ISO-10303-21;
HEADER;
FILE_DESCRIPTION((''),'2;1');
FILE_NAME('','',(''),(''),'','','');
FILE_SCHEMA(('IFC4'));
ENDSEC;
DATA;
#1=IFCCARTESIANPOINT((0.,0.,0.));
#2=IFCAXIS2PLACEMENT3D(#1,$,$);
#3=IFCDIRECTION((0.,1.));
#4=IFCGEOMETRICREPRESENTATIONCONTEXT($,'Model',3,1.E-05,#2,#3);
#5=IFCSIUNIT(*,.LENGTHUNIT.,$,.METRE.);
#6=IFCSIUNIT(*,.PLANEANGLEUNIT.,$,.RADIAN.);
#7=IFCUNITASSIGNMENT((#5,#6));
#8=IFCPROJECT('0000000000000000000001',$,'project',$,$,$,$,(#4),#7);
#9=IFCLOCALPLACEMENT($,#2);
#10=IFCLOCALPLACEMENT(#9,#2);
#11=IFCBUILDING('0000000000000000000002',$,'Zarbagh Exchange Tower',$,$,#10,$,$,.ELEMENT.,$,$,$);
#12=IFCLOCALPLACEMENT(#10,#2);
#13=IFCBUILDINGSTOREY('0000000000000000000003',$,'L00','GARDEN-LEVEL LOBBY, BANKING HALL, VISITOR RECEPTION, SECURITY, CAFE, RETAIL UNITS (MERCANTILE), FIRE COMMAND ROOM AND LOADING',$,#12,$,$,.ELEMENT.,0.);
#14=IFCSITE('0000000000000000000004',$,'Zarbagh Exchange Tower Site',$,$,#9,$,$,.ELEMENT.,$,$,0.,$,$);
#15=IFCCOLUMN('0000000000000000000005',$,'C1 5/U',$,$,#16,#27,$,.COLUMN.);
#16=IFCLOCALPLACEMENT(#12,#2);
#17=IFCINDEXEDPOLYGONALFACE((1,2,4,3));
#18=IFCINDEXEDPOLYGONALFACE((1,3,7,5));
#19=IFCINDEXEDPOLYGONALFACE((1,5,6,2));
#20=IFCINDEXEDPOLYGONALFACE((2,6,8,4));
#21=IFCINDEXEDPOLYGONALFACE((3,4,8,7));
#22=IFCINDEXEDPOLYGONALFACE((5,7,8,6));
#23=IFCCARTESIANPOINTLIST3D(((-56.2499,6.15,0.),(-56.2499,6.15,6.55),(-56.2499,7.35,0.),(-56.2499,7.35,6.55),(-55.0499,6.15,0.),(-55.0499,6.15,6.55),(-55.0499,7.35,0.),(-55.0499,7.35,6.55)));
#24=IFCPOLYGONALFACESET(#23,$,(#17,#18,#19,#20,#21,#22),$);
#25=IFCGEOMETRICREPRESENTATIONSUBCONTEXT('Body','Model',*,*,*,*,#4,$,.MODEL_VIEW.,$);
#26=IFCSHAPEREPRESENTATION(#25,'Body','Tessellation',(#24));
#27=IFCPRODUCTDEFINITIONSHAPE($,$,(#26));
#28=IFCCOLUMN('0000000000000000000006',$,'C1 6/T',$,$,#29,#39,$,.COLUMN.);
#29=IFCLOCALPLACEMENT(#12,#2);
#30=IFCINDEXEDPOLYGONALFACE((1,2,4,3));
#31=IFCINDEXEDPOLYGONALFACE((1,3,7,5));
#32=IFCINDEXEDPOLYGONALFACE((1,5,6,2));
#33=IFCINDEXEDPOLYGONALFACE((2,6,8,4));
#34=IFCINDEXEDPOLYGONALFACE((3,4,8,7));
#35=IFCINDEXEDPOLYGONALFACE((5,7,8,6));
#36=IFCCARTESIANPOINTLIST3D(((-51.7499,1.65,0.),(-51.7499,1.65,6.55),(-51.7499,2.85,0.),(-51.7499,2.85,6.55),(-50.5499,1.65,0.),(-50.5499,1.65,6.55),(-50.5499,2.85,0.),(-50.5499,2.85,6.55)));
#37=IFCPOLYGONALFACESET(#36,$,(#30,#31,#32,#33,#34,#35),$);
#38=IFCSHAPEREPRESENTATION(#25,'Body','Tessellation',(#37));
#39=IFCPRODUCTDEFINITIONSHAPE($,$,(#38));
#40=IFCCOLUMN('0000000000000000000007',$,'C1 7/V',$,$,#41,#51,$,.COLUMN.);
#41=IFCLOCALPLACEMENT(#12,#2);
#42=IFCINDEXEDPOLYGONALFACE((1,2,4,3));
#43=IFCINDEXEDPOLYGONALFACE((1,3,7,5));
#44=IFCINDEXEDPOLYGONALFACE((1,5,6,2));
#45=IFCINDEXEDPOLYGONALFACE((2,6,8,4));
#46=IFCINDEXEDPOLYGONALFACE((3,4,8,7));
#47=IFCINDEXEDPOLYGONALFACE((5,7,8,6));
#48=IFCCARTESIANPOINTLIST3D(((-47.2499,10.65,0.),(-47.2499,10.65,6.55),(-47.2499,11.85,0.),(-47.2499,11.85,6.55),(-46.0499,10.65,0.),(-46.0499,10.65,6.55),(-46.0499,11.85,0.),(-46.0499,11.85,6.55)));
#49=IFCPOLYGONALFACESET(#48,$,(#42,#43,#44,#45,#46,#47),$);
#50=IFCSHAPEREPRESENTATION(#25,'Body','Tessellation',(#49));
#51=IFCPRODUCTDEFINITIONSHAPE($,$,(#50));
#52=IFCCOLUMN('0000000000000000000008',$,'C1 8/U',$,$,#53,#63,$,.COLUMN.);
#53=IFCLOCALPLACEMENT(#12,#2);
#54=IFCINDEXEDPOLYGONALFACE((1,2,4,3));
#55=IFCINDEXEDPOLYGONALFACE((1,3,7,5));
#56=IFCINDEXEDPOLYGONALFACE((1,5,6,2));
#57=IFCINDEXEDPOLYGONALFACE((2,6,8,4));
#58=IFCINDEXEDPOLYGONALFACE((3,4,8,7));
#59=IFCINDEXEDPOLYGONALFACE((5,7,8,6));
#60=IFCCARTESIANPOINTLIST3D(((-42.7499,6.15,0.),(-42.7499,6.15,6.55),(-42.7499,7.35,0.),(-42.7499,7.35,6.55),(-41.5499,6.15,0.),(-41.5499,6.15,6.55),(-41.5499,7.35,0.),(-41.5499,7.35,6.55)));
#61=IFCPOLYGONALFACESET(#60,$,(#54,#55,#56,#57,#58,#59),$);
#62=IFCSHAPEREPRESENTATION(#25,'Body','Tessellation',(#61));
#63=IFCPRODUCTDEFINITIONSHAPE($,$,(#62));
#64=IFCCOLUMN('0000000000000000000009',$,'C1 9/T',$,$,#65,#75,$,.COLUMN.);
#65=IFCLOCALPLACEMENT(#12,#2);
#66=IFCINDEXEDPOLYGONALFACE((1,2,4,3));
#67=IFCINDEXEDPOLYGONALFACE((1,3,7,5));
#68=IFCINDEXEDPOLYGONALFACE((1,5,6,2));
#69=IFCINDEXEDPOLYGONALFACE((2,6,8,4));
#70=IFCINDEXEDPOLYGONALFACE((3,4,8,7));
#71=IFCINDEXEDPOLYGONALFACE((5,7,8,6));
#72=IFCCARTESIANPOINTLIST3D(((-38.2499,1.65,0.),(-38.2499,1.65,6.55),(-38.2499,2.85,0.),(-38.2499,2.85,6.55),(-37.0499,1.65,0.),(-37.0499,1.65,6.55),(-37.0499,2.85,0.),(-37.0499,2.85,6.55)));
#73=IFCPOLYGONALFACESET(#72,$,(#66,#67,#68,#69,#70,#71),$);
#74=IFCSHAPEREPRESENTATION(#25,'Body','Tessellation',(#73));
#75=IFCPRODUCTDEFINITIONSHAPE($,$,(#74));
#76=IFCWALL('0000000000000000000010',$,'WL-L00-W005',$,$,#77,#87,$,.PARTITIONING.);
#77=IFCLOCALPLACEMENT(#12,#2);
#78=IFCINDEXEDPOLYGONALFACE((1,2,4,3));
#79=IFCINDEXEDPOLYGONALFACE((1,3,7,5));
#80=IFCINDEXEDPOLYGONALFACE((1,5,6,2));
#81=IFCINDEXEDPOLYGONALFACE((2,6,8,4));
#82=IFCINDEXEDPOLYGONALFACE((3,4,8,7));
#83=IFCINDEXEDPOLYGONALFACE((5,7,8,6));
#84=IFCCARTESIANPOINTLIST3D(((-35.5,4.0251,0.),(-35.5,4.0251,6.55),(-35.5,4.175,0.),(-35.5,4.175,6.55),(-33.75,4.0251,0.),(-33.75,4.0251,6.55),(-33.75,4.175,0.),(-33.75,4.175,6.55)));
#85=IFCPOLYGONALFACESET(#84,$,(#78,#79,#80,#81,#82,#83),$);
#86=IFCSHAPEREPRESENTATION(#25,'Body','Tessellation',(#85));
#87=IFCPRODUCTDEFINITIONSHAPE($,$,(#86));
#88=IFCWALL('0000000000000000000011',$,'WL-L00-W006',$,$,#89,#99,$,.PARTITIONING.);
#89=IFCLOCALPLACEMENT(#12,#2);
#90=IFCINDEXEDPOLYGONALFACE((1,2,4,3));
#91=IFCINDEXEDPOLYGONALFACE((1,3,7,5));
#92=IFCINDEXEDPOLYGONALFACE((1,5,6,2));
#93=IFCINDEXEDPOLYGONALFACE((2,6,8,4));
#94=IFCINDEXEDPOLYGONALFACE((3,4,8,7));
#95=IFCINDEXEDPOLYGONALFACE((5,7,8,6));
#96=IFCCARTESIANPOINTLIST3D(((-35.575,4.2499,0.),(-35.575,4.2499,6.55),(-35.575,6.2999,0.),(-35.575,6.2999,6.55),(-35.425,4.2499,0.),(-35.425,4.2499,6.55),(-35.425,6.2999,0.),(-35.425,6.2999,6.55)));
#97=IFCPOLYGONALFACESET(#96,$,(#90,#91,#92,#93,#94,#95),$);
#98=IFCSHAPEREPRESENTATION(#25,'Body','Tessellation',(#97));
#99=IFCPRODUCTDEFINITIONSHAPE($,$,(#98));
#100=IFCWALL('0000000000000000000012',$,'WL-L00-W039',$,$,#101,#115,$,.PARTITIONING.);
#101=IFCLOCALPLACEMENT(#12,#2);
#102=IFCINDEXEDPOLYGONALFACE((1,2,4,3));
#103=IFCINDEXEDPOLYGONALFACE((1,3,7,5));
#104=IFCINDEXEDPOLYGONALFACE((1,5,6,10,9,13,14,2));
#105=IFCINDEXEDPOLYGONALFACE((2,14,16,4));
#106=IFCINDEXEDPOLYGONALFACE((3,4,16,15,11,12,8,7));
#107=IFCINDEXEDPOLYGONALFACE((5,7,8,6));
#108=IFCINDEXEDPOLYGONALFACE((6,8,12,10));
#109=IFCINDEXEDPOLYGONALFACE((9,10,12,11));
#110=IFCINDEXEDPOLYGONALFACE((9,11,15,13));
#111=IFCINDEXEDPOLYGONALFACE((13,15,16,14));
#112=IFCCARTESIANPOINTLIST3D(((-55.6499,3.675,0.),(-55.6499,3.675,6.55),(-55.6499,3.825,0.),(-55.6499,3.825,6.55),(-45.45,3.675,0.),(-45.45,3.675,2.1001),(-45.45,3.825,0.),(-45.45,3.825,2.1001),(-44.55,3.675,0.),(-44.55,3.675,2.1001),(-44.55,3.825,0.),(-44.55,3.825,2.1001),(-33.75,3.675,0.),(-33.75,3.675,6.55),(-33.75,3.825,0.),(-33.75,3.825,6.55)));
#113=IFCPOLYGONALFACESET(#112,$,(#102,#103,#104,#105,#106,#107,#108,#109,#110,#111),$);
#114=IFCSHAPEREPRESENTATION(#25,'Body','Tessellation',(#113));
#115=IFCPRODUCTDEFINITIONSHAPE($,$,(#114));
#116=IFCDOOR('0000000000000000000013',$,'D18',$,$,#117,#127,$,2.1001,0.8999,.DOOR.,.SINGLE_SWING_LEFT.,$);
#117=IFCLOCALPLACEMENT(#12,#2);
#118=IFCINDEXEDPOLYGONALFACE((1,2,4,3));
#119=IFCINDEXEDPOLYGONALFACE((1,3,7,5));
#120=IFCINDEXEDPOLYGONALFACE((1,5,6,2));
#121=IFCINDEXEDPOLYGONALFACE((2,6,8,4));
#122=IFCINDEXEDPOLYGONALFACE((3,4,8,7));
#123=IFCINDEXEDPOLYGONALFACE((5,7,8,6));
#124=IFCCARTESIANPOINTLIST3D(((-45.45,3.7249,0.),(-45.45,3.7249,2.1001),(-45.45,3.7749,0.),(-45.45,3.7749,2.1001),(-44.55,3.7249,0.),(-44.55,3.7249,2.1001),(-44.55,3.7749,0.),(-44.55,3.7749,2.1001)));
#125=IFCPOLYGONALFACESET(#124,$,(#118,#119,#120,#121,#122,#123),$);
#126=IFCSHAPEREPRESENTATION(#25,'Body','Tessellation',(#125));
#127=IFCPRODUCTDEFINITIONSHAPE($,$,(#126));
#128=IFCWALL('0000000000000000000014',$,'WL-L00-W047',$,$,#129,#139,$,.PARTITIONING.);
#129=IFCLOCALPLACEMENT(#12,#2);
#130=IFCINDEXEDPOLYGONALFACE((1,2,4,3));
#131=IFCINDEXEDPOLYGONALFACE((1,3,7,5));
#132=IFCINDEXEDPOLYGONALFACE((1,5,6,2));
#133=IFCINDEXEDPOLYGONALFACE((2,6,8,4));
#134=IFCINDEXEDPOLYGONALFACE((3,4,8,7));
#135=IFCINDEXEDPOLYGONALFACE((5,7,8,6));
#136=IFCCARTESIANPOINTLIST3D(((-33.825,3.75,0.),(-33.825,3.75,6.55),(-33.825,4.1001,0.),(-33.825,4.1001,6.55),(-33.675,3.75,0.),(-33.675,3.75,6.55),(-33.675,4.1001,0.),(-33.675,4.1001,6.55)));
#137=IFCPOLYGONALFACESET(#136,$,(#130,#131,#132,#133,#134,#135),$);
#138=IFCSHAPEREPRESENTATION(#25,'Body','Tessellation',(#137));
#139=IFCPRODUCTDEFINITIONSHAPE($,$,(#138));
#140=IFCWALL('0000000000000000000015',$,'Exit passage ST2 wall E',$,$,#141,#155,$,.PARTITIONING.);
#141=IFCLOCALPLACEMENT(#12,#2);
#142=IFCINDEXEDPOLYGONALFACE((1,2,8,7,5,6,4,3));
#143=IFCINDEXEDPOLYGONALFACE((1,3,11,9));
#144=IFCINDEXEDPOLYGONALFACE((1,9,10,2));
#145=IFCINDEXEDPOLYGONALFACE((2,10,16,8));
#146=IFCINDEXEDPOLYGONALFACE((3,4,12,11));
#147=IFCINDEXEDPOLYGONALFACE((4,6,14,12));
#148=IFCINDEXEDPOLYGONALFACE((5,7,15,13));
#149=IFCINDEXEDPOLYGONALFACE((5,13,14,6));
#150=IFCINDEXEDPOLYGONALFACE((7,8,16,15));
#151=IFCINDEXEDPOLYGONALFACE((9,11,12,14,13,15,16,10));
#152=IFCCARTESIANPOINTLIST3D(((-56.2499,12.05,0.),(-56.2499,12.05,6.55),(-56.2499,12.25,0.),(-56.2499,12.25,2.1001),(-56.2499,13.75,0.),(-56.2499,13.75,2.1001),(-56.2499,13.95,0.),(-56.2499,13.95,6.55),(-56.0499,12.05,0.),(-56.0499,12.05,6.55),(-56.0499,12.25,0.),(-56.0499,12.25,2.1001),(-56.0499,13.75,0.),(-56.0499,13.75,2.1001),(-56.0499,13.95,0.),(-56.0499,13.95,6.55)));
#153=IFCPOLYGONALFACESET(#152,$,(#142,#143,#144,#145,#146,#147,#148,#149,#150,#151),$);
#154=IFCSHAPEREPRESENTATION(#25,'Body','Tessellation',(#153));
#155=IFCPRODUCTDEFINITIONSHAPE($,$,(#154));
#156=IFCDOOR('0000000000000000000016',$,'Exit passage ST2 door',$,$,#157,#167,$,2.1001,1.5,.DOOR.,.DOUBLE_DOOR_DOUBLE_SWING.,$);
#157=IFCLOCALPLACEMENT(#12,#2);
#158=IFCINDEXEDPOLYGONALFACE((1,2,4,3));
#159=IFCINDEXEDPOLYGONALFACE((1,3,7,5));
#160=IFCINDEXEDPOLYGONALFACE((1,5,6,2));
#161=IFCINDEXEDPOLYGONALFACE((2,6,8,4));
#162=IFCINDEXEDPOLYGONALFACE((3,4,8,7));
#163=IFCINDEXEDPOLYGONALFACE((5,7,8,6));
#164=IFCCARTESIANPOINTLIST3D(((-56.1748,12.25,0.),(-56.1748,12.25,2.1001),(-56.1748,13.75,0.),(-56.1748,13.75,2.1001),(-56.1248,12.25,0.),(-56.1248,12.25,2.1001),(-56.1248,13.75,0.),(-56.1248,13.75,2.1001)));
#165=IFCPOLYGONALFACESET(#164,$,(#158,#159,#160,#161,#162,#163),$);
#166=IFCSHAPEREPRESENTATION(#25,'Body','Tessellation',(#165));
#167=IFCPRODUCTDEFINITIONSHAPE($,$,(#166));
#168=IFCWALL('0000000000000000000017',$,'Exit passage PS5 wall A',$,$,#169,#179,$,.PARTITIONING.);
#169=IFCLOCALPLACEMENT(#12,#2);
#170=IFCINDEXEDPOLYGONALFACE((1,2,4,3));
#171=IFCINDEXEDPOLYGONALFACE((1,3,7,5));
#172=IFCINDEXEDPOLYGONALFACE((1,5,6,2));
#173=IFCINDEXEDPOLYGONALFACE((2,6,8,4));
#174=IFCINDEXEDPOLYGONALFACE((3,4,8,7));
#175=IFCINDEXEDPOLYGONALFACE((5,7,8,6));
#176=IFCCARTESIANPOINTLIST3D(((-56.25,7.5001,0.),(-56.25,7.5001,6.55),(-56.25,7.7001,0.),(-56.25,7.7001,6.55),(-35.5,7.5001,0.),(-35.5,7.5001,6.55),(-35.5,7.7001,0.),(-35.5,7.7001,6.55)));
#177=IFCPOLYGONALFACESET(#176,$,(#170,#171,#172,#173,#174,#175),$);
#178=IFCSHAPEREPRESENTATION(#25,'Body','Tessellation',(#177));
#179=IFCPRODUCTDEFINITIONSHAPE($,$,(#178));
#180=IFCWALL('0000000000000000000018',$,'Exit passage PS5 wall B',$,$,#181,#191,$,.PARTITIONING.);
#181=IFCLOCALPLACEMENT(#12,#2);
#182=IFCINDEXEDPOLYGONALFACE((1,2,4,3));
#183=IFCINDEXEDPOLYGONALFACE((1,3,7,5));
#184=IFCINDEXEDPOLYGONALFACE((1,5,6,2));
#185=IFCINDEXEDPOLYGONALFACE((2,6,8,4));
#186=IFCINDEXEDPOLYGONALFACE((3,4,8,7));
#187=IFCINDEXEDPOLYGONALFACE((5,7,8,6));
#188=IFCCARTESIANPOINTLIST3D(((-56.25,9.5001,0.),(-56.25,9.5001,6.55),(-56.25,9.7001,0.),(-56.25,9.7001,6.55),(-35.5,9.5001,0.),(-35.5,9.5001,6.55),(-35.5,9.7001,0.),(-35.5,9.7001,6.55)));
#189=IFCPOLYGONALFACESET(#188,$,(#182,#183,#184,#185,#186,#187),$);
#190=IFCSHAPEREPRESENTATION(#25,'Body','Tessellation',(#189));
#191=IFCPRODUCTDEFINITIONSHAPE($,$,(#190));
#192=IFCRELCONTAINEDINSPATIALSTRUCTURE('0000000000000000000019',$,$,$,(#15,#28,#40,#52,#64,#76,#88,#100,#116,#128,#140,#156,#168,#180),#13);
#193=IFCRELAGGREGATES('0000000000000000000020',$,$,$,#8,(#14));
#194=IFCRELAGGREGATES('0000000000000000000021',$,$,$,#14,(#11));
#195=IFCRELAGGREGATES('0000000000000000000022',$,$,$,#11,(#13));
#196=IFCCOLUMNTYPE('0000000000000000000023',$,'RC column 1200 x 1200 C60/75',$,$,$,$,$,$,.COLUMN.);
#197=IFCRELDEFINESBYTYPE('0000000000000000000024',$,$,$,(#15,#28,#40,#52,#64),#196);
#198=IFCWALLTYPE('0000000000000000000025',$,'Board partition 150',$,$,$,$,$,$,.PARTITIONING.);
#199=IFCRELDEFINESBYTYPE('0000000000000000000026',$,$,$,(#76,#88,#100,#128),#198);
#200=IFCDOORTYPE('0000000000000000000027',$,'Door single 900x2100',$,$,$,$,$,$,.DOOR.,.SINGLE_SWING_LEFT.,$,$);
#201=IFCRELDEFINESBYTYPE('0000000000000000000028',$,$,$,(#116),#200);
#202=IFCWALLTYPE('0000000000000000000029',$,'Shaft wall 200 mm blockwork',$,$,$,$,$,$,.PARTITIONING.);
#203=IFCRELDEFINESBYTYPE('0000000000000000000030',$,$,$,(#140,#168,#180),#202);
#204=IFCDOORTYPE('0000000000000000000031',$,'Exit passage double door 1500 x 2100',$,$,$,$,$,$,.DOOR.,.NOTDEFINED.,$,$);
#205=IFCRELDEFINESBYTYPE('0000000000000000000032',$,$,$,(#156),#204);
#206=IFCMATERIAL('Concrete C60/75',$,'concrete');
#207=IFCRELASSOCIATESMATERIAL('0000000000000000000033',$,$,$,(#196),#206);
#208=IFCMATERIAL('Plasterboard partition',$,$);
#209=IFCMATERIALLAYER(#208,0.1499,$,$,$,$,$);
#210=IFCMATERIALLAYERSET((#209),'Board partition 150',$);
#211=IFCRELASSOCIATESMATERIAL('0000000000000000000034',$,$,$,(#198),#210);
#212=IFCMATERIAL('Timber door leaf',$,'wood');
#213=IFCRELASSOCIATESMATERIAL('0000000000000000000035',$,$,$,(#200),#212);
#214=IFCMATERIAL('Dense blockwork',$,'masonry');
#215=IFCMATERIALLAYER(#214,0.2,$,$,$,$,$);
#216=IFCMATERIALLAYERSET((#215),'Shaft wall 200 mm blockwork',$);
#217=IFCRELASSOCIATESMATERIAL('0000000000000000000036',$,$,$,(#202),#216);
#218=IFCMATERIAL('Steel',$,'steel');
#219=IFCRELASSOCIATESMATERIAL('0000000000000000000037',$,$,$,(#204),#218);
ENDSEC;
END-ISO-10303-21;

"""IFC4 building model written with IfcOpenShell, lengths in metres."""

from ifc_helpers import new_model, si_unit, direction, frame, frame_2d, origin, origin_2d, place, context, subcontext, project, spatial, rectangle, extrude, material, layer, layer_set, material_profile, profile_set, type_object, element, fill, save


model = new_model("IFC4")

# Units and contexts
model_context = context("Model", 3, precision=1e-05, world=origin(), true_north=direction((0.0, 1.0)))
body_context = subcontext(model_context, "Body", "Model", "MODEL_VIEW")
ifc_project = project(units=[si_unit("LENGTHUNIT", "METRE"), si_unit("PLANEANGLEUNIT", "RADIAN")], contexts=[model_context])

# Site, building, storey
site_placement = place(None, origin())
site = spatial("IfcSite", under=ifc_project, at=site_placement, Name="Zarbagh Exchange Tower Site", CompositionType="ELEMENT", RefElevation=0.0)
building_placement = place(site_placement, origin())
building = spatial("IfcBuilding", under=site, at=building_placement, Name="Zarbagh Exchange Tower", CompositionType="ELEMENT")
storey_placement = place(building_placement, origin())
storey = spatial("IfcBuildingStorey", under=building, at=storey_placement, Name="L00", Description="GARDEN-LEVEL LOBBY, BANKING HALL, VISITOR RECEPTION, SECURITY, CAFE, RETAIL UNITS (MERCANTILE), FIRE COMMAND ROOM AND LOADING", CompositionType="ELEMENT", Elevation=0.0)

# Columns
ifc_material_1 = material(Name="Concrete C60/75", Category="concrete")
ifc_material_profile = material_profile(ifc_material_1, rectangle(XDim=1.2, YDim=1.2, at=origin_2d()), Name="RC column 1200 x 1200 C60/75")
ifc_profile_set = profile_set([ifc_material_profile], Name="Concrete C60/75")
column_type = type_object("IfcColumnType", Name="RC column 1200 x 1200 C60/75", PredefinedType="COLUMN", material=ifc_profile_set)
for number, where, z_axis, x_axis, name in (
    (1, (-55.6499, 6.75, 0.0), (0.0, 0.0, 1.0), (1.0, 0.0, 0.0), "C1 5/U"),
    (2, (-51.1499, 2.25, 0.0), (0.0, 0.0, 1.0), (1.0, 0.0, 0.0), "C1 6/T"),
    (3, (-46.6499, 11.25, 0.0), (0.0, 0.0, 1.0), (1.0, 0.0, 0.0), "C1 7/V"),
    (4, (-42.1499, 6.75, 0.0), (0.0, 0.0, 1.0), (1.0, 0.0, 0.0), "C1 8/U"),
    (5, (-37.6499, 2.25, 0.0), (0.0, 0.0, 1.0), (1.0, 0.0, 0.0), "C1 9/T"),
):
    element("IfcColumn", number, at=place(storey_placement, frame(where, z_axis=z_axis, x_axis=x_axis)), inside=storey, type_object=column_type, Name=name, PredefinedType="COLUMN", context=body_context, shape_type="SweptSolid", body=[
        extrude(rectangle(XDim=1.2, YDim=1.2, at=origin_2d()), origin(), (0.0, 0.0, 1.0), 6.55),
    ])

# Walls
ifc_material_2 = material(Name="Plasterboard partition")
ifc_layer_1 = layer(ifc_material_2, 0.1499)
ifc_layer_set_1 = layer_set([ifc_layer_1], Name="Board partition 150")
wall_type_1 = type_object("IfcWallType", Name="Board partition 150", PredefinedType="PARTITIONING", material=ifc_layer_set_1)
wall_1_placement = place(storey_placement, frame((-33.75, 4.1001, 0.0), z_axis=(0.0, 0.0, 1.0), x_axis=(-1.0, 0.0, 0.0)))
element("IfcWall", 6, at=wall_1_placement, inside=storey, type_object=wall_type_1, Name="WL-L00-W005", PredefinedType="PARTITIONING", context=body_context, shape_type="SweptSolid", body=[
    extrude(rectangle(XDim=1.75, YDim=0.1499, at=frame_2d((0.875, 0.0))), origin(), (0.0, 0.0, 1.0), 6.55),
])
wall_2_placement = place(storey_placement, frame((-35.5, 4.25, 0.0), z_axis=(0.0, 0.0, 1.0), x_axis=(0.0, 1.0, 0.0)))
element("IfcWall", 7, at=wall_2_placement, inside=storey, type_object=wall_type_1, Name="WL-L00-W006", PredefinedType="PARTITIONING", context=body_context, shape_type="SweptSolid", body=[
    extrude(rectangle(XDim=2.05, YDim=0.1499, at=frame_2d((1.0249, 0.0))), origin(), (0.0, 0.0, 1.0), 6.55),
])

# Wall, opening, door
wall_3_placement = place(storey_placement, frame((-55.6499, 3.75, 0.0), z_axis=(0.0, 0.0, 1.0), x_axis=(1.0, 0.0, 0.0)))
wall_3 = element("IfcWall", 8, at=wall_3_placement, inside=storey, type_object=wall_type_1, Name="WL-L00-W039", PredefinedType="PARTITIONING", context=body_context, shape_type="SweptSolid", body=[
    extrude(rectangle(XDim=21.8999, YDim=0.1499, at=frame_2d((10.95, 0.0))), origin(), (0.0, 0.0, 1.0), 6.55),
])
opening_1_placement = place(wall_3_placement, frame((10.2, 0.0, 0.0)))
opening_1 = element("IfcOpeningElement", 9, at=opening_1_placement, cuts=wall_3, PredefinedType="OPENING", context=body_context, shape_type="SweptSolid", body=[
    extrude(rectangle(XDim=0.8999, YDim=2.1001, at=frame_2d((0.45, 1.05))), frame((0.0, 0.085, 0.0), z_axis=(0.0, -1.0, 0.0), x_axis=(1.0, 0.0, 0.0)), (0.0, 0.0, 1.0), 0.1699),
])
ifc_material_3 = material(Name="Timber door leaf", Category="wood")
door_type_1 = type_object("IfcDoorType", Name="Door single 900x2100", OperationType="SINGLE_SWING_LEFT", PredefinedType="DOOR", material=ifc_material_3)
door_1_placement = place(opening_1_placement, origin())
door_1 = element("IfcDoor", 10, at=door_1_placement, inside=storey, type_object=door_type_1, Name="D18", OperationType="SINGLE_SWING_LEFT", OverallHeight=2.1001, OverallWidth=0.8999, PredefinedType="DOOR", context=body_context, shape_type="SweptSolid", body=[
    extrude(rectangle(XDim=0.8999, YDim=2.1001, at=frame_2d((0.45, 1.05))), frame((0.0, 0.0249, 0.0), z_axis=(0.0, -1.0, 0.0), x_axis=(1.0, 0.0, 0.0)), (0.0, 0.0, 1.0), 0.05),
])
fill(opening_1, door_1)

# Wall
wall_4_placement = place(storey_placement, frame((-33.75, 4.1001, 0.0), z_axis=(0.0, 0.0, 1.0), x_axis=(0.0, -1.0, 0.0)))
element("IfcWall", 11, at=wall_4_placement, inside=storey, type_object=wall_type_1, Name="WL-L00-W047", PredefinedType="PARTITIONING", context=body_context, shape_type="SweptSolid", body=[
    extrude(rectangle(XDim=0.3501, YDim=0.1499, at=frame_2d((0.175, 0.0))), origin(), (0.0, 0.0, 1.0), 6.55),
])

# Wall, opening, door
ifc_material_4 = material(Name="Dense blockwork", Category="masonry")
ifc_layer_2 = layer(ifc_material_4, 0.2)
ifc_layer_set_2 = layer_set([ifc_layer_2], Name="Shaft wall 200 mm blockwork")
wall_type_2 = type_object("IfcWallType", Name="Shaft wall 200 mm blockwork", PredefinedType="PARTITIONING", material=ifc_layer_set_2)
wall_5_placement = place(storey_placement, frame((-56.1499, 12.05, 0.0), z_axis=(0.0, 0.0, 1.0), x_axis=(0.0, 1.0, 0.0)))
wall_5 = element("IfcWall", 12, at=wall_5_placement, inside=storey, type_object=wall_type_2, Name="Exit passage ST2 wall E", PredefinedType="PARTITIONING", context=body_context, shape_type="SweptSolid", body=[
    extrude(rectangle(XDim=1.8999, YDim=0.2, at=frame_2d((0.95, 0.0))), origin(), (0.0, 0.0, 1.0), 6.55),
])
opening_2_placement = place(wall_5_placement, frame((0.2, 0.0, 0.0)))
opening_2 = element("IfcOpeningElement", 13, at=opening_2_placement, cuts=wall_5, PredefinedType="OPENING", context=body_context, shape_type="SweptSolid", body=[
    extrude(rectangle(XDim=1.5, YDim=2.1001, at=frame_2d((0.75, 1.05))), frame((0.0, 0.1099, 0.0), z_axis=(0.0, -1.0, 0.0), x_axis=(1.0, 0.0, 0.0)), (0.0, 0.0, 1.0), 0.22),
])
ifc_material_5 = material(Name="Steel", Category="steel")
door_type_2 = type_object("IfcDoorType", Name="Exit passage double door 1500 x 2100", OperationType="NOTDEFINED", PredefinedType="DOOR", material=ifc_material_5)
door_2_placement = place(opening_2_placement, origin())
door_2 = element("IfcDoor", 14, at=door_2_placement, inside=storey, type_object=door_type_2, Name="Exit passage ST2 door", OperationType="DOUBLE_DOOR_DOUBLE_SWING", OverallHeight=2.1001, OverallWidth=1.5, PredefinedType="DOOR", context=body_context, shape_type="SweptSolid", body=[
    extrude(rectangle(XDim=1.5, YDim=2.1001, at=frame_2d((0.75, 1.05))), frame((0.0, 0.0249, 0.0), z_axis=(0.0, -1.0, 0.0), x_axis=(1.0, 0.0, 0.0)), (0.0, 0.0, 1.0), 0.05),
])
fill(opening_2, door_2)

# Walls
for number, where, z_axis, x_axis, name in (
    (15, (-56.25, 7.6001, 0.0), (0.0, 0.0, 1.0), (1.0, 0.0, 0.0), "Exit passage PS5 wall A"),
    (16, (-56.25, 9.6001, 0.0), (0.0, 0.0, 1.0), (1.0, 0.0, 0.0), "Exit passage PS5 wall B"),
):
    element("IfcWall", number, at=place(storey_placement, frame(where, z_axis=z_axis, x_axis=x_axis)), inside=storey, type_object=wall_type_2, Name=name, PredefinedType="PARTITIONING", context=body_context, shape_type="SweptSolid", body=[
        extrude(rectangle(XDim=20.75, YDim=0.2, at=frame_2d((10.375, 0.0))), origin(), (0.0, 0.0, 1.0), 6.55),
    ])

save(model, "model.ifc")
